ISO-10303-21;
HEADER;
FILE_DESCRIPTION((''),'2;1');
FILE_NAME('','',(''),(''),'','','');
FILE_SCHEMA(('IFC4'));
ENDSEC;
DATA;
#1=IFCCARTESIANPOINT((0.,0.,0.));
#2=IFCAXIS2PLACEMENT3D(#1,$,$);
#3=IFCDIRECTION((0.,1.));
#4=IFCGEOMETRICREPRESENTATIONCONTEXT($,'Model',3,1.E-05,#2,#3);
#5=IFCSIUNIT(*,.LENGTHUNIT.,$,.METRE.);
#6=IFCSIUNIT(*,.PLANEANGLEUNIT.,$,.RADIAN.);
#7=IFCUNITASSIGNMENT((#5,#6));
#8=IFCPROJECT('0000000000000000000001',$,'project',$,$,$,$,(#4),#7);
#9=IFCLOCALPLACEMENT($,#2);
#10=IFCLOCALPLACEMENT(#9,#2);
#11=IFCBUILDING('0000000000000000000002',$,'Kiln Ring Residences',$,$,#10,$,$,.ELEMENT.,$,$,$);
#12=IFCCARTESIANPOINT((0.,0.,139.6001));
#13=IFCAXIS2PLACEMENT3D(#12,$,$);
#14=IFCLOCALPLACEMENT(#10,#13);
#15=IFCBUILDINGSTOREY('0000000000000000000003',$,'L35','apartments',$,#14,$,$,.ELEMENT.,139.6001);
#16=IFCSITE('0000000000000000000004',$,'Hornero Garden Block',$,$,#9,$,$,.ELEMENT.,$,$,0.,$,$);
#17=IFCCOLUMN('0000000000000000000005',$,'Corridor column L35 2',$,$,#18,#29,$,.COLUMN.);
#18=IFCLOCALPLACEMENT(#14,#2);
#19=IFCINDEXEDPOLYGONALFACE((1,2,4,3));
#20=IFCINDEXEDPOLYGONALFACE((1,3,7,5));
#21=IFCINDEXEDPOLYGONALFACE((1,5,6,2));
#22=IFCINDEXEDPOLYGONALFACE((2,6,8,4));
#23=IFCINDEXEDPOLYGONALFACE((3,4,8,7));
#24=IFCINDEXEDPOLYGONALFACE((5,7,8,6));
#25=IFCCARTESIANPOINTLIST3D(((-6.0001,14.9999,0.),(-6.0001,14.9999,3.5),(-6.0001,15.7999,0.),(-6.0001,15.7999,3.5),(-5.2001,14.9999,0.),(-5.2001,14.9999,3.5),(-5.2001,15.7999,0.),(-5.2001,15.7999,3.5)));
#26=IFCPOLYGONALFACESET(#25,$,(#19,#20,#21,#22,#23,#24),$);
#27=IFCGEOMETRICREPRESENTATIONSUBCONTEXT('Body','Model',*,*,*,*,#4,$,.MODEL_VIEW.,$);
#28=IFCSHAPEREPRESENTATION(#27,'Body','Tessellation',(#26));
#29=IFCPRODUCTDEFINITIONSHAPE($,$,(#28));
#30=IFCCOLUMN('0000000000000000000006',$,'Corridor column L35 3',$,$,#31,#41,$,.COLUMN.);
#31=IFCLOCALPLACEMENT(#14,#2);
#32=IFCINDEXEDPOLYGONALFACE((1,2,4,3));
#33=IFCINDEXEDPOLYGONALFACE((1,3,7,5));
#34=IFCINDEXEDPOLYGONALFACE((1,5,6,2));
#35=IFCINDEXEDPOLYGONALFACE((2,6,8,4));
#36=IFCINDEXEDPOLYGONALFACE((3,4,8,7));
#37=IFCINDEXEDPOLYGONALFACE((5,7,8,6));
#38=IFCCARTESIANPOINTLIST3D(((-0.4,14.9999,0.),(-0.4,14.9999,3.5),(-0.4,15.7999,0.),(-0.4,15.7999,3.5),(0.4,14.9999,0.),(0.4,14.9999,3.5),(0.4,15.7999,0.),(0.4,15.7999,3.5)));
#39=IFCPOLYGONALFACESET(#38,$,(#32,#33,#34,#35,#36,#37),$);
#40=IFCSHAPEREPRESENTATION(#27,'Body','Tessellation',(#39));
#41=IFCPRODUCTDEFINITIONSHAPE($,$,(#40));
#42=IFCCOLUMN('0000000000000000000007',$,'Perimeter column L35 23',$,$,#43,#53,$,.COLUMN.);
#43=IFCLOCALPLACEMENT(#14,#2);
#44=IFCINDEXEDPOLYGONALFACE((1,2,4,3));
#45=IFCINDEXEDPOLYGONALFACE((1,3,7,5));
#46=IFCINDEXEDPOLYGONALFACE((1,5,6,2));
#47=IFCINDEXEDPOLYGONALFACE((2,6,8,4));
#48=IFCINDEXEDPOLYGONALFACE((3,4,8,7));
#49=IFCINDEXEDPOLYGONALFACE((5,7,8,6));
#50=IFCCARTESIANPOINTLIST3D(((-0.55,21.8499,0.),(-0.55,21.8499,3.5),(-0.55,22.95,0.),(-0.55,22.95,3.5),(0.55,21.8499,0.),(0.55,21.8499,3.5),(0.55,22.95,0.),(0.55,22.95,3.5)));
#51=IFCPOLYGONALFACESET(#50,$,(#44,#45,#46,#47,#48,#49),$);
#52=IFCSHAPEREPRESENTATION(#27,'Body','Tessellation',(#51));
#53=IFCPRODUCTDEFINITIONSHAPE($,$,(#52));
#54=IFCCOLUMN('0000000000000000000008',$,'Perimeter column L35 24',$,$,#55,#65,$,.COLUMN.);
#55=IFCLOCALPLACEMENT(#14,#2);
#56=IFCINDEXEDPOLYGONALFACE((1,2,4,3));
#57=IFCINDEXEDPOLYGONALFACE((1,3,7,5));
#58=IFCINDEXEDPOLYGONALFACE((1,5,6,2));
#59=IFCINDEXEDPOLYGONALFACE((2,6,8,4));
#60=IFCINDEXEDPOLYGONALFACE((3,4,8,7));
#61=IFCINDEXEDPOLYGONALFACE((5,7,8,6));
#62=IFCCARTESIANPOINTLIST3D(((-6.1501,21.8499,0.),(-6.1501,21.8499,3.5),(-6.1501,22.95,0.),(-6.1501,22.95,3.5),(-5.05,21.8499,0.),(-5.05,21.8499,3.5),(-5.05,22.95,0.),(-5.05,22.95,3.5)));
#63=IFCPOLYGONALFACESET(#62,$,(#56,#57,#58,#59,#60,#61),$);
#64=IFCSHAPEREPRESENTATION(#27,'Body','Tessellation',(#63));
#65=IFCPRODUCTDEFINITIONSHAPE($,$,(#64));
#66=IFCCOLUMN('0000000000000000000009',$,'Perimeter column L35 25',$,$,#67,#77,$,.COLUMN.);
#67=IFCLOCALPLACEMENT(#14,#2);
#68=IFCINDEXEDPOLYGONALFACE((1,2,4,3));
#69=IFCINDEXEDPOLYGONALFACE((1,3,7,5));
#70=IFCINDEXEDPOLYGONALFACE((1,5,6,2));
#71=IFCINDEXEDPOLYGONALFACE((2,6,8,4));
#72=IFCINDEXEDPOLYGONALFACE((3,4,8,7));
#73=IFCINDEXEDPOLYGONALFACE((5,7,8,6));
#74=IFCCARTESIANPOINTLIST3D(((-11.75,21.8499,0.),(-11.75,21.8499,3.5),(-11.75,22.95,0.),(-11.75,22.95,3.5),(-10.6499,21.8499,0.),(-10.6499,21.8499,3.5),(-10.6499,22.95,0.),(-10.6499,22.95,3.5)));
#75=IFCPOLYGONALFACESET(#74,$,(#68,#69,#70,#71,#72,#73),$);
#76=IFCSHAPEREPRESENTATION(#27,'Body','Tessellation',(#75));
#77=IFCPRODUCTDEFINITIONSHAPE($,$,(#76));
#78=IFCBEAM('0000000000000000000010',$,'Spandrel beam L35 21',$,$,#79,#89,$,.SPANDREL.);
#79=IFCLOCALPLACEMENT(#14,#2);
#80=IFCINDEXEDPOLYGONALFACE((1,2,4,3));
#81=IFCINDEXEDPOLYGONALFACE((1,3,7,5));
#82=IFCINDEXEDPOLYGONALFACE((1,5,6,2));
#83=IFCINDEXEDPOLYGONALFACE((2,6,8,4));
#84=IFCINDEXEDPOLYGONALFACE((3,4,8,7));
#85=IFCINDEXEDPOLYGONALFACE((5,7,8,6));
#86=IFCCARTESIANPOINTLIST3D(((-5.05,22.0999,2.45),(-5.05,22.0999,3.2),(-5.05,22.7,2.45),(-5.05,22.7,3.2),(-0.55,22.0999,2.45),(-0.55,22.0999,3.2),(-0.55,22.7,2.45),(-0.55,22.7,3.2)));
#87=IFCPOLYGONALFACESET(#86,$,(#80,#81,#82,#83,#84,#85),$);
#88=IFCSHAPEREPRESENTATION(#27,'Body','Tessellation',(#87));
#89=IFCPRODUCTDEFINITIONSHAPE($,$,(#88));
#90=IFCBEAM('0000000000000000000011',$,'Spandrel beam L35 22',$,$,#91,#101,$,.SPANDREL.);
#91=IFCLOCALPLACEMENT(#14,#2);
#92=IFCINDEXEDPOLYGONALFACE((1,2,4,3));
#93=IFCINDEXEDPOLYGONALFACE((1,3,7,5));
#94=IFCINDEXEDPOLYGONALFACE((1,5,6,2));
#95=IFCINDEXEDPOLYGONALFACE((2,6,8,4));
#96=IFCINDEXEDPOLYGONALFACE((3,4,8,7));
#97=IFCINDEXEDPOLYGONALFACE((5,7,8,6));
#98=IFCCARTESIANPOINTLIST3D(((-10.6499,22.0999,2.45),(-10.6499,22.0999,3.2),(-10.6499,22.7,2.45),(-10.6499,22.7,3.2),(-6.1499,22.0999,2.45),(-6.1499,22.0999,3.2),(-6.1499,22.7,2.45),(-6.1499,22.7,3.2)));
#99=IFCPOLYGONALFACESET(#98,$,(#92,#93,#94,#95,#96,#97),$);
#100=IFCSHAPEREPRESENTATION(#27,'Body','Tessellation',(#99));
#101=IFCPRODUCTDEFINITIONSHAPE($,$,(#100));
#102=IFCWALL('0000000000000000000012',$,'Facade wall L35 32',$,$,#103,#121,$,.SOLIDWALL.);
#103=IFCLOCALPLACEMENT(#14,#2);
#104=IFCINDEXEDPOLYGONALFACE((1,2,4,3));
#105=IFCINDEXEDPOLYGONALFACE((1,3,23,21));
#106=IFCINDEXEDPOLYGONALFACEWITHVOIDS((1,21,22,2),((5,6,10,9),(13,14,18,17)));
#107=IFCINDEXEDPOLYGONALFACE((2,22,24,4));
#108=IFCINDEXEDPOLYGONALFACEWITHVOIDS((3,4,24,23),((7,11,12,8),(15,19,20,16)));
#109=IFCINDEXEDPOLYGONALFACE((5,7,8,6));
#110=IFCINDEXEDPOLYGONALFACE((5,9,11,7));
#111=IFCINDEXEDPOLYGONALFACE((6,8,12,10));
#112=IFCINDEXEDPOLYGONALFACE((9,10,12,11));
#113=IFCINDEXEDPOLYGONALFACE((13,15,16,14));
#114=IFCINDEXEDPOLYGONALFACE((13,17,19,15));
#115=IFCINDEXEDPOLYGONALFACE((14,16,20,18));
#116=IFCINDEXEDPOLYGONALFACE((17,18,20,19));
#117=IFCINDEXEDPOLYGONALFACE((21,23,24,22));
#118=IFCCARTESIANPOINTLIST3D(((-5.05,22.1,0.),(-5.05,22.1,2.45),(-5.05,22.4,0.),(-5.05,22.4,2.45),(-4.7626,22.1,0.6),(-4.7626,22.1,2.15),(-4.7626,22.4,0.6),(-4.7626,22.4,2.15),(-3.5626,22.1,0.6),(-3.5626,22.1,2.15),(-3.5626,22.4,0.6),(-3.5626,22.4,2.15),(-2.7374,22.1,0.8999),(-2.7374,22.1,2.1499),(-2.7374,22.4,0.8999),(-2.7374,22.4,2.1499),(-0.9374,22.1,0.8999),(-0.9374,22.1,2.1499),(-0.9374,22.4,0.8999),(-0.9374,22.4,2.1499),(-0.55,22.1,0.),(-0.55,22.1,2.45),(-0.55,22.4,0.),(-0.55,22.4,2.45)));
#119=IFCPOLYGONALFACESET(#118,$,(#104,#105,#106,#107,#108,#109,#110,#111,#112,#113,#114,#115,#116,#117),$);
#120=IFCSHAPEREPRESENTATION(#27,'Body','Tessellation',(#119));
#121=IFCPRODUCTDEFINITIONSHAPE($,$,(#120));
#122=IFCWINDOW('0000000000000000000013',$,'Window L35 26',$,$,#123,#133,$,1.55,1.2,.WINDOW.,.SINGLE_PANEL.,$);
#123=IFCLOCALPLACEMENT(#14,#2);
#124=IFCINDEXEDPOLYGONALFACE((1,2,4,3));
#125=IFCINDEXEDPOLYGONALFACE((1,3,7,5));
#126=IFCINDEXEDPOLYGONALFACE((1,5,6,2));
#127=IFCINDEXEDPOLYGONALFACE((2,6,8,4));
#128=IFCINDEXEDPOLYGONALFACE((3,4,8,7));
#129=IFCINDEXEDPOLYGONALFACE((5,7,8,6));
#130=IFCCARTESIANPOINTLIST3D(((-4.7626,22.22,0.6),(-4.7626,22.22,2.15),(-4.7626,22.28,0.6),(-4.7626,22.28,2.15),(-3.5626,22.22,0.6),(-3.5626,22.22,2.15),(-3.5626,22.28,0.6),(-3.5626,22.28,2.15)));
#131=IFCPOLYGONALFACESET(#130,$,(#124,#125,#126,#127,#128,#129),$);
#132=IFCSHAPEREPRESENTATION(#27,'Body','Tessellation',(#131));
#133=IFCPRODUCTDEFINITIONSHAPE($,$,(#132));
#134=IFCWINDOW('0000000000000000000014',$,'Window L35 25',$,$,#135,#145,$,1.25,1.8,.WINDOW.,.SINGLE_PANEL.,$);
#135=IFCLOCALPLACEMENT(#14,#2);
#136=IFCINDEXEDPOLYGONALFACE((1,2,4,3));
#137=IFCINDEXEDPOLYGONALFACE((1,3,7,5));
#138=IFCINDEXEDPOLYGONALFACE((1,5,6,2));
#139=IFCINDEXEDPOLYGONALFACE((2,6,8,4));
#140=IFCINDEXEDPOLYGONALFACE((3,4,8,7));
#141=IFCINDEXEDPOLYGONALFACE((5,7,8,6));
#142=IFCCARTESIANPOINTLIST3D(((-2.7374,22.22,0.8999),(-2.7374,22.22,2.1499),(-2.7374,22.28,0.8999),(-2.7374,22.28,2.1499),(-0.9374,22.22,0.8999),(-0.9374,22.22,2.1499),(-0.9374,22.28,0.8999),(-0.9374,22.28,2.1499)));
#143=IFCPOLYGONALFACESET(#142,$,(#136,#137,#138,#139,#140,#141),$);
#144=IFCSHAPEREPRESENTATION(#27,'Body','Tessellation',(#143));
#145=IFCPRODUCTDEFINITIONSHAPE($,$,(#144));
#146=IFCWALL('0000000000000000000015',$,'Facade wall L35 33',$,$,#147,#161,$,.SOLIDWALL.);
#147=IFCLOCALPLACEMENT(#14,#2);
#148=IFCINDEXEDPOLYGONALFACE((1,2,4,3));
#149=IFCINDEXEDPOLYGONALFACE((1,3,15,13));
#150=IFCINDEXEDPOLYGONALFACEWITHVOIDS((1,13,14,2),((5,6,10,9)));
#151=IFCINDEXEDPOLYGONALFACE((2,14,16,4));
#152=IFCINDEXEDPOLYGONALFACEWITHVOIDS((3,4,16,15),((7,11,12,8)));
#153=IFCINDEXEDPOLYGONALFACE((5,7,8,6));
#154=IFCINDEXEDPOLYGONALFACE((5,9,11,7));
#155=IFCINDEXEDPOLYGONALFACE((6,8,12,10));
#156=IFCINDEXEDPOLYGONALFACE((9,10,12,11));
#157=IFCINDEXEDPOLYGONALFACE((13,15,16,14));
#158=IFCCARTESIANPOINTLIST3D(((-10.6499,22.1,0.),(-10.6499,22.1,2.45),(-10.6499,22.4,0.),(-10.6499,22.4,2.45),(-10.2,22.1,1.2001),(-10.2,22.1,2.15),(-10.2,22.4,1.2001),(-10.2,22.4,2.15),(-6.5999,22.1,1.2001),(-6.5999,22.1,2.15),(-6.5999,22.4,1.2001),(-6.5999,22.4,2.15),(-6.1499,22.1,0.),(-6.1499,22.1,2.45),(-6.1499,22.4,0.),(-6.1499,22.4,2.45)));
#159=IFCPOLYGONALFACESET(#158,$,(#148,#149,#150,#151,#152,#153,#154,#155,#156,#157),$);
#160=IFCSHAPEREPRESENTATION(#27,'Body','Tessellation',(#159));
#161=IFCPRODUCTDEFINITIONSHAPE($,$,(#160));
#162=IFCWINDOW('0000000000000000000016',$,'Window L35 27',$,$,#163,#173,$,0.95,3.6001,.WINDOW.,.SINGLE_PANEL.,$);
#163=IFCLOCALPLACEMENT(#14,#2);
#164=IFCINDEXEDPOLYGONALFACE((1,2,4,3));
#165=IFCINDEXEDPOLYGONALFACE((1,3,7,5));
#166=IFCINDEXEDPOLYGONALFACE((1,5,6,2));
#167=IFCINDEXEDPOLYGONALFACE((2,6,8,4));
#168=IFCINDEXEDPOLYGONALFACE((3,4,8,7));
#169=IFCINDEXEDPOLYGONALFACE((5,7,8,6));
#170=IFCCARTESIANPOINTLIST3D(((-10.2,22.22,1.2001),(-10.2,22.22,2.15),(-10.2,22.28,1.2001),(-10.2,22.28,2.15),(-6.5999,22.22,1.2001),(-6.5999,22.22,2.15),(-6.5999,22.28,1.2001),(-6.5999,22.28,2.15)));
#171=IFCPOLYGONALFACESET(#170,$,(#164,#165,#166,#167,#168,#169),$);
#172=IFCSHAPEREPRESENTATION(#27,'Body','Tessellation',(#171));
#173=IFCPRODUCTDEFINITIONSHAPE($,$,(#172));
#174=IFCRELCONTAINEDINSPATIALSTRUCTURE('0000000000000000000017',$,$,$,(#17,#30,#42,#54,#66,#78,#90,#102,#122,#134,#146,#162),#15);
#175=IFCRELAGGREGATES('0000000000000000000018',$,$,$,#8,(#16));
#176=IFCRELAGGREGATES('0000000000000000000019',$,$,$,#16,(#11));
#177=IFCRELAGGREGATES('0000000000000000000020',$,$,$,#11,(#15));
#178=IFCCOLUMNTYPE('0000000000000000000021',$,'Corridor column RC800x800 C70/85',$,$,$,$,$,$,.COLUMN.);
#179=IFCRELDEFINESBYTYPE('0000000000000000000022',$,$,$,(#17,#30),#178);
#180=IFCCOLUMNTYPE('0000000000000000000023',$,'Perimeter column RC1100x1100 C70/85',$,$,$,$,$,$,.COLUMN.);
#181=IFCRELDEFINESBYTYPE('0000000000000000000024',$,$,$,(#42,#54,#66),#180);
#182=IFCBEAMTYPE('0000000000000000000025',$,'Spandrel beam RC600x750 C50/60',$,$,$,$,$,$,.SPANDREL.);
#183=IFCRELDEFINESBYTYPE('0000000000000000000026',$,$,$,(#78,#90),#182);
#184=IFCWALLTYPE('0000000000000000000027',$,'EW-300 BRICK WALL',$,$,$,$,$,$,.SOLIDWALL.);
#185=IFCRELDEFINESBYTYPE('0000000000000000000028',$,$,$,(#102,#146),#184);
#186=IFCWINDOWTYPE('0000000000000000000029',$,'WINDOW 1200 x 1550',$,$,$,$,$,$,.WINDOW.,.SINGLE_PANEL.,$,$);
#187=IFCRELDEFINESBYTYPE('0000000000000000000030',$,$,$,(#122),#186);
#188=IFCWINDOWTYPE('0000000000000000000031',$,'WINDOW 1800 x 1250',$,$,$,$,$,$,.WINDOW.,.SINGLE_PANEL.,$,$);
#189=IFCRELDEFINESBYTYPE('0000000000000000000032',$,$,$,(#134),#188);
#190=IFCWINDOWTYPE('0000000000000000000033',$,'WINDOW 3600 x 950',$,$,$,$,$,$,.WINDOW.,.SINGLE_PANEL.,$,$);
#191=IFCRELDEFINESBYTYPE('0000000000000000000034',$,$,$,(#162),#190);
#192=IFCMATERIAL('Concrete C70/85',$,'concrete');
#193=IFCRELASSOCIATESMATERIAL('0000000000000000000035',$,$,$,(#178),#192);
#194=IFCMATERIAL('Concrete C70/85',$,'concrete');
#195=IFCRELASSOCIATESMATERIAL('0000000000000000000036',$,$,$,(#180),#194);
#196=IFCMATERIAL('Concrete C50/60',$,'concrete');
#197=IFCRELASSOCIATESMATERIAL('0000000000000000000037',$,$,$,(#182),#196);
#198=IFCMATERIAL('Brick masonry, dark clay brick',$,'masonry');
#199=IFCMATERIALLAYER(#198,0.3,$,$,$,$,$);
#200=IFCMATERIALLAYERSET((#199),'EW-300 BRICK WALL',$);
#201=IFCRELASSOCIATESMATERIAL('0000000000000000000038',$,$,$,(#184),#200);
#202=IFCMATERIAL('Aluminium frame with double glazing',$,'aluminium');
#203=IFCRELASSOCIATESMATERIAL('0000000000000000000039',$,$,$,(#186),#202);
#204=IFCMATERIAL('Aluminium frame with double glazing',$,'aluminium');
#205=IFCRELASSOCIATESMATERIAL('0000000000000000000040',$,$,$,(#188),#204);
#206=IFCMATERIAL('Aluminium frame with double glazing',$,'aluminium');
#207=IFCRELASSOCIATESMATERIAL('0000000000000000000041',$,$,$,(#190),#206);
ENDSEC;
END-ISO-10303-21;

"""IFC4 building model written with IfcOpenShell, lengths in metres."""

from ifc_helpers import new_model, si_unit, direction, frame, frame_2d, origin, origin_2d, place, context, subcontext, project, spatial, rectangle, extrude, material, layer, layer_set, material_profile, profile_set, type_object, element, fill, save


model = new_model("IFC4")

# Units and contexts
model_context = context("Model", 3, precision=1e-05, world=origin(), true_north=direction((0.0, 1.0)))
body_context = subcontext(model_context, "Body", "Model", "MODEL_VIEW")
ifc_project = project(units=[si_unit("LENGTHUNIT", "METRE"), si_unit("PLANEANGLEUNIT", "RADIAN")], contexts=[model_context])

# Site, building, storey
site_placement = place(None, origin())
site = spatial("IfcSite", under=ifc_project, at=site_placement, Name="Hornero Garden Block", CompositionType="ELEMENT", RefElevation=0.0)
building_placement = place(site_placement, origin())
building = spatial("IfcBuilding", under=site, at=building_placement, Name="Kiln Ring Residences", CompositionType="ELEMENT")
storey_placement = place(building_placement, frame((0.0, 0.0, 139.6001)))
storey = spatial("IfcBuildingStorey", under=building, at=storey_placement, Name="L35", Description="apartments", CompositionType="ELEMENT", Elevation=139.6001)

# Columns
ifc_material_1 = material(Name="Concrete C70/85", Category="concrete")
ifc_material_profile_1 = material_profile(ifc_material_1, rectangle(XDim=0.8, YDim=0.8, at=origin_2d()), Name="RC800x800")
ifc_profile_set_1 = profile_set([ifc_material_profile_1], Name="Concrete C70/85")
column_type_1 = type_object("IfcColumnType", Name="Corridor column RC800x800 C70/85", PredefinedType="COLUMN", material=ifc_profile_set_1)
for number, where, z_axis, x_axis, name in (
    (1, (-5.6001, 15.3999, 0.0), (0.0, 0.0, 1.0), (1.0, 0.0, 0.0), "Corridor column L35 2"),
    (2, (0.0, 15.3999, 0.0), (0.0, 0.0, 1.0), (1.0, 0.0, 0.0), "Corridor column L35 3"),
):
    element("IfcColumn", number, at=place(storey_placement, frame(where, z_axis=z_axis, x_axis=x_axis)), inside=storey, type_object=column_type_1, Name=name, PredefinedType="COLUMN", context=body_context, shape_type="SweptSolid", body=[
        extrude(rectangle(XDim=0.8, YDim=0.8, at=origin_2d()), origin(), (0.0, 0.0, 1.0), 3.5),
    ])
ifc_material_2 = material(Name="Concrete C70/85", Category="concrete")
ifc_material_profile_2 = material_profile(ifc_material_2, rectangle(XDim=1.1001, YDim=1.1001, at=origin_2d()), Name="RC1100x1100")
ifc_profile_set_2 = profile_set([ifc_material_profile_2], Name="Concrete C70/85")
column_type_2 = type_object("IfcColumnType", Name="Perimeter column RC1100x1100 C70/85", PredefinedType="COLUMN", material=ifc_profile_set_2)
for number, where, z_axis, x_axis, name in (
    (3, (0.0, 22.3999, 0.0), (0.0, 0.0, 1.0), (1.0, 0.0, 0.0), "Perimeter column L35 23"),
    (4, (-5.6001, 22.3999, 0.0), (0.0, 0.0, 1.0), (1.0, 0.0, 0.0), "Perimeter column L35 24"),
    (5, (-11.2, 22.3999, 0.0), (0.0, 0.0, 1.0), (1.0, 0.0, 0.0), "Perimeter column L35 25"),
):
    element("IfcColumn", number, at=place(storey_placement, frame(where, z_axis=z_axis, x_axis=x_axis)), inside=storey, type_object=column_type_2, Name=name, PredefinedType="COLUMN", context=body_context, shape_type="SweptSolid", body=[
        extrude(rectangle(XDim=1.1001, YDim=1.1001, at=origin_2d()), origin(), (0.0, 0.0, 1.0), 3.5),
    ])

# Beams
ifc_material_3 = material(Name="Concrete C50/60", Category="concrete")
ifc_material_profile_3 = material_profile(ifc_material_3, rectangle(XDim=0.6001, YDim=0.75, at=origin_2d()), Name="RC600x750")
ifc_profile_set_3 = profile_set([ifc_material_profile_3], Name="Concrete C50/60")
beam_type = type_object("IfcBeamType", Name="Spandrel beam RC600x750 C50/60", PredefinedType="SPANDREL", material=ifc_profile_set_3)
for number, where, z_axis, x_axis, name in (
    (6, (-0.55, 22.3999, 2.825), (-1.0, 0.0, 0.0), (0.0, -1.0, 0.0), "Spandrel beam L35 21"),
    (7, (-6.1499, 22.3999, 2.825), (-1.0, 0.0, 0.0), (0.0, -1.0, 0.0), "Spandrel beam L35 22"),
):
    element("IfcBeam", number, at=place(storey_placement, frame(where, z_axis=z_axis, x_axis=x_axis)), inside=storey, type_object=beam_type, Name=name, PredefinedType="SPANDREL", context=body_context, shape_type="SweptSolid", body=[
        extrude(rectangle(XDim=0.6001, YDim=0.75, at=origin_2d()), origin(), (0.0, 0.0, 1.0), 4.5),
    ])

# Wall, openings, windows
ifc_material_4 = material(Name="Brick masonry, dark clay brick", Category="masonry")
ifc_layer_1 = layer(ifc_material_4, 0.3)
ifc_layer_set_1 = layer_set([ifc_layer_1], Name="EW-300 BRICK WALL")
wall_type_1 = type_object("IfcWallType", Name="EW-300 BRICK WALL", PredefinedType="SOLIDWALL", material=ifc_layer_set_1)
wall_1_placement = place(storey_placement, frame((-0.55, 22.25, 0.0), z_axis=(0.0, 0.0, 1.0), x_axis=(-1.0, 0.0, 0.0)))
wall_1 = element("IfcWall", 8, at=wall_1_placement, inside=storey, type_object=wall_type_1, Name="Facade wall L35 32", PredefinedType="SOLIDWALL", context=body_context, shape_type="SweptSolid", body=[
    extrude(rectangle(XDim=4.5, YDim=0.3, at=frame_2d((2.25, 0.0))), origin(), (0.0, 0.0, 1.0), 2.45),
])
opening_1_placement = place(wall_1_placement, frame((0.3875, 0.0, 0.8999)))
opening_1 = element("IfcOpeningElement", 9, at=opening_1_placement, cuts=wall_1, PredefinedType="OPENING", context=body_context, shape_type="SweptSolid", body=[
    extrude(rectangle(XDim=1.8, YDim=1.25, at=frame_2d((0.8999, 0.625))), frame((0.0, 0.1599, 0.0), z_axis=(0.0, -1.0, 0.0), x_axis=(1.0, 0.0, 0.0)), (0.0, 0.0, 1.0), 0.3201),
])
opening_2_placement = place(wall_1_placement, frame((3.0125, 0.0, 0.6001)))
opening_2 = element("IfcOpeningElement", 10, at=opening_2_placement, cuts=wall_1, PredefinedType="OPENING", context=body_context, shape_type="SweptSolid", body=[
    extrude(rectangle(XDim=1.2, YDim=1.55, at=frame_2d((0.6001, 0.7749))), frame((0.0, 0.1599, 0.0), z_axis=(0.0, -1.0, 0.0), x_axis=(1.0, 0.0, 0.0)), (0.0, 0.0, 1.0), 0.3201),
])
ifc_material_5 = material(Name="Aluminium frame with double glazing", Category="aluminium")
window_type_1 = type_object("IfcWindowType", Name="WINDOW 1200 x 1550", PartitioningType="SINGLE_PANEL", PredefinedType="WINDOW", material=ifc_material_5)
window_1_placement = place(opening_2_placement, origin())
window_1 = element("IfcWindow", 11, at=window_1_placement, inside=storey, type_object=window_type_1, Name="Window L35 26", OverallHeight=1.55, OverallWidth=1.2, PartitioningType="SINGLE_PANEL", PredefinedType="WINDOW", context=body_context, shape_type="SweptSolid", body=[
    extrude(rectangle(XDim=1.2, YDim=1.55, at=frame_2d((0.6001, 0.7749))), frame((0.0, 0.03, 0.0), z_axis=(0.0, -1.0, 0.0), x_axis=(1.0, 0.0, 0.0)), (0.0, 0.0, 1.0), 0.0601),
])
fill(opening_2, window_1)
ifc_material_6 = material(Name="Aluminium frame with double glazing", Category="aluminium")
window_type_2 = type_object("IfcWindowType", Name="WINDOW 1800 x 1250", PartitioningType="SINGLE_PANEL", PredefinedType="WINDOW", material=ifc_material_6)
window_2_placement = place(opening_1_placement, origin())
window_2 = element("IfcWindow", 12, at=window_2_placement, inside=storey, type_object=window_type_2, Name="Window L35 25", OverallHeight=1.25, OverallWidth=1.8, PartitioningType="SINGLE_PANEL", PredefinedType="WINDOW", context=body_context, shape_type="SweptSolid", body=[
    extrude(rectangle(XDim=1.8, YDim=1.25, at=frame_2d((0.8999, 0.625))), frame((0.0, 0.03, 0.0), z_axis=(0.0, -1.0, 0.0), x_axis=(1.0, 0.0, 0.0)), (0.0, 0.0, 1.0), 0.0601),
])
fill(opening_1, window_2)

# Wall, opening, window
wall_2_placement = place(storey_placement, frame((-6.1499, 22.25, 0.0), z_axis=(0.0, 0.0, 1.0), x_axis=(-1.0, 0.0, 0.0)))
wall_2 = element("IfcWall", 13, at=wall_2_placement, inside=storey, type_object=wall_type_1, Name="Facade wall L35 33", PredefinedType="SOLIDWALL", context=body_context, shape_type="SweptSolid", body=[
    extrude(rectangle(XDim=4.5, YDim=0.3, at=frame_2d((2.25, 0.0))), origin(), (0.0, 0.0, 1.0), 2.45),
])
opening_3_placement = place(wall_2_placement, frame((0.45, 0.0, 1.2)))
opening_3 = element("IfcOpeningElement", 14, at=opening_3_placement, cuts=wall_2, PredefinedType="OPENING", context=body_context, shape_type="SweptSolid", body=[
    extrude(rectangle(XDim=3.6001, YDim=0.95, at=frame_2d((1.8, 0.4751))), frame((0.0, 0.1599, 0.0), z_axis=(0.0, -1.0, 0.0), x_axis=(1.0, 0.0, 0.0)), (0.0, 0.0, 1.0), 0.3201),
])
ifc_material_7 = material(Name="Aluminium frame with double glazing", Category="aluminium")
window_type_3 = type_object("IfcWindowType", Name="WINDOW 3600 x 950", PartitioningType="SINGLE_PANEL", PredefinedType="WINDOW", material=ifc_material_7)
window_3_placement = place(opening_3_placement, origin())
window_3 = element("IfcWindow", 15, at=window_3_placement, inside=storey, type_object=window_type_3, Name="Window L35 27", OverallHeight=0.95, OverallWidth=3.6001, PartitioningType="SINGLE_PANEL", PredefinedType="WINDOW", context=body_context, shape_type="SweptSolid", body=[
    extrude(rectangle(XDim=3.6001, YDim=0.95, at=frame_2d((1.8, 0.4751))), frame((0.0, 0.03, 0.0), z_axis=(0.0, -1.0, 0.0), x_axis=(1.0, 0.0, 0.0)), (0.0, 0.0, 1.0), 0.0601),
])
fill(opening_3, window_3)

save(model, "model.ifc")
